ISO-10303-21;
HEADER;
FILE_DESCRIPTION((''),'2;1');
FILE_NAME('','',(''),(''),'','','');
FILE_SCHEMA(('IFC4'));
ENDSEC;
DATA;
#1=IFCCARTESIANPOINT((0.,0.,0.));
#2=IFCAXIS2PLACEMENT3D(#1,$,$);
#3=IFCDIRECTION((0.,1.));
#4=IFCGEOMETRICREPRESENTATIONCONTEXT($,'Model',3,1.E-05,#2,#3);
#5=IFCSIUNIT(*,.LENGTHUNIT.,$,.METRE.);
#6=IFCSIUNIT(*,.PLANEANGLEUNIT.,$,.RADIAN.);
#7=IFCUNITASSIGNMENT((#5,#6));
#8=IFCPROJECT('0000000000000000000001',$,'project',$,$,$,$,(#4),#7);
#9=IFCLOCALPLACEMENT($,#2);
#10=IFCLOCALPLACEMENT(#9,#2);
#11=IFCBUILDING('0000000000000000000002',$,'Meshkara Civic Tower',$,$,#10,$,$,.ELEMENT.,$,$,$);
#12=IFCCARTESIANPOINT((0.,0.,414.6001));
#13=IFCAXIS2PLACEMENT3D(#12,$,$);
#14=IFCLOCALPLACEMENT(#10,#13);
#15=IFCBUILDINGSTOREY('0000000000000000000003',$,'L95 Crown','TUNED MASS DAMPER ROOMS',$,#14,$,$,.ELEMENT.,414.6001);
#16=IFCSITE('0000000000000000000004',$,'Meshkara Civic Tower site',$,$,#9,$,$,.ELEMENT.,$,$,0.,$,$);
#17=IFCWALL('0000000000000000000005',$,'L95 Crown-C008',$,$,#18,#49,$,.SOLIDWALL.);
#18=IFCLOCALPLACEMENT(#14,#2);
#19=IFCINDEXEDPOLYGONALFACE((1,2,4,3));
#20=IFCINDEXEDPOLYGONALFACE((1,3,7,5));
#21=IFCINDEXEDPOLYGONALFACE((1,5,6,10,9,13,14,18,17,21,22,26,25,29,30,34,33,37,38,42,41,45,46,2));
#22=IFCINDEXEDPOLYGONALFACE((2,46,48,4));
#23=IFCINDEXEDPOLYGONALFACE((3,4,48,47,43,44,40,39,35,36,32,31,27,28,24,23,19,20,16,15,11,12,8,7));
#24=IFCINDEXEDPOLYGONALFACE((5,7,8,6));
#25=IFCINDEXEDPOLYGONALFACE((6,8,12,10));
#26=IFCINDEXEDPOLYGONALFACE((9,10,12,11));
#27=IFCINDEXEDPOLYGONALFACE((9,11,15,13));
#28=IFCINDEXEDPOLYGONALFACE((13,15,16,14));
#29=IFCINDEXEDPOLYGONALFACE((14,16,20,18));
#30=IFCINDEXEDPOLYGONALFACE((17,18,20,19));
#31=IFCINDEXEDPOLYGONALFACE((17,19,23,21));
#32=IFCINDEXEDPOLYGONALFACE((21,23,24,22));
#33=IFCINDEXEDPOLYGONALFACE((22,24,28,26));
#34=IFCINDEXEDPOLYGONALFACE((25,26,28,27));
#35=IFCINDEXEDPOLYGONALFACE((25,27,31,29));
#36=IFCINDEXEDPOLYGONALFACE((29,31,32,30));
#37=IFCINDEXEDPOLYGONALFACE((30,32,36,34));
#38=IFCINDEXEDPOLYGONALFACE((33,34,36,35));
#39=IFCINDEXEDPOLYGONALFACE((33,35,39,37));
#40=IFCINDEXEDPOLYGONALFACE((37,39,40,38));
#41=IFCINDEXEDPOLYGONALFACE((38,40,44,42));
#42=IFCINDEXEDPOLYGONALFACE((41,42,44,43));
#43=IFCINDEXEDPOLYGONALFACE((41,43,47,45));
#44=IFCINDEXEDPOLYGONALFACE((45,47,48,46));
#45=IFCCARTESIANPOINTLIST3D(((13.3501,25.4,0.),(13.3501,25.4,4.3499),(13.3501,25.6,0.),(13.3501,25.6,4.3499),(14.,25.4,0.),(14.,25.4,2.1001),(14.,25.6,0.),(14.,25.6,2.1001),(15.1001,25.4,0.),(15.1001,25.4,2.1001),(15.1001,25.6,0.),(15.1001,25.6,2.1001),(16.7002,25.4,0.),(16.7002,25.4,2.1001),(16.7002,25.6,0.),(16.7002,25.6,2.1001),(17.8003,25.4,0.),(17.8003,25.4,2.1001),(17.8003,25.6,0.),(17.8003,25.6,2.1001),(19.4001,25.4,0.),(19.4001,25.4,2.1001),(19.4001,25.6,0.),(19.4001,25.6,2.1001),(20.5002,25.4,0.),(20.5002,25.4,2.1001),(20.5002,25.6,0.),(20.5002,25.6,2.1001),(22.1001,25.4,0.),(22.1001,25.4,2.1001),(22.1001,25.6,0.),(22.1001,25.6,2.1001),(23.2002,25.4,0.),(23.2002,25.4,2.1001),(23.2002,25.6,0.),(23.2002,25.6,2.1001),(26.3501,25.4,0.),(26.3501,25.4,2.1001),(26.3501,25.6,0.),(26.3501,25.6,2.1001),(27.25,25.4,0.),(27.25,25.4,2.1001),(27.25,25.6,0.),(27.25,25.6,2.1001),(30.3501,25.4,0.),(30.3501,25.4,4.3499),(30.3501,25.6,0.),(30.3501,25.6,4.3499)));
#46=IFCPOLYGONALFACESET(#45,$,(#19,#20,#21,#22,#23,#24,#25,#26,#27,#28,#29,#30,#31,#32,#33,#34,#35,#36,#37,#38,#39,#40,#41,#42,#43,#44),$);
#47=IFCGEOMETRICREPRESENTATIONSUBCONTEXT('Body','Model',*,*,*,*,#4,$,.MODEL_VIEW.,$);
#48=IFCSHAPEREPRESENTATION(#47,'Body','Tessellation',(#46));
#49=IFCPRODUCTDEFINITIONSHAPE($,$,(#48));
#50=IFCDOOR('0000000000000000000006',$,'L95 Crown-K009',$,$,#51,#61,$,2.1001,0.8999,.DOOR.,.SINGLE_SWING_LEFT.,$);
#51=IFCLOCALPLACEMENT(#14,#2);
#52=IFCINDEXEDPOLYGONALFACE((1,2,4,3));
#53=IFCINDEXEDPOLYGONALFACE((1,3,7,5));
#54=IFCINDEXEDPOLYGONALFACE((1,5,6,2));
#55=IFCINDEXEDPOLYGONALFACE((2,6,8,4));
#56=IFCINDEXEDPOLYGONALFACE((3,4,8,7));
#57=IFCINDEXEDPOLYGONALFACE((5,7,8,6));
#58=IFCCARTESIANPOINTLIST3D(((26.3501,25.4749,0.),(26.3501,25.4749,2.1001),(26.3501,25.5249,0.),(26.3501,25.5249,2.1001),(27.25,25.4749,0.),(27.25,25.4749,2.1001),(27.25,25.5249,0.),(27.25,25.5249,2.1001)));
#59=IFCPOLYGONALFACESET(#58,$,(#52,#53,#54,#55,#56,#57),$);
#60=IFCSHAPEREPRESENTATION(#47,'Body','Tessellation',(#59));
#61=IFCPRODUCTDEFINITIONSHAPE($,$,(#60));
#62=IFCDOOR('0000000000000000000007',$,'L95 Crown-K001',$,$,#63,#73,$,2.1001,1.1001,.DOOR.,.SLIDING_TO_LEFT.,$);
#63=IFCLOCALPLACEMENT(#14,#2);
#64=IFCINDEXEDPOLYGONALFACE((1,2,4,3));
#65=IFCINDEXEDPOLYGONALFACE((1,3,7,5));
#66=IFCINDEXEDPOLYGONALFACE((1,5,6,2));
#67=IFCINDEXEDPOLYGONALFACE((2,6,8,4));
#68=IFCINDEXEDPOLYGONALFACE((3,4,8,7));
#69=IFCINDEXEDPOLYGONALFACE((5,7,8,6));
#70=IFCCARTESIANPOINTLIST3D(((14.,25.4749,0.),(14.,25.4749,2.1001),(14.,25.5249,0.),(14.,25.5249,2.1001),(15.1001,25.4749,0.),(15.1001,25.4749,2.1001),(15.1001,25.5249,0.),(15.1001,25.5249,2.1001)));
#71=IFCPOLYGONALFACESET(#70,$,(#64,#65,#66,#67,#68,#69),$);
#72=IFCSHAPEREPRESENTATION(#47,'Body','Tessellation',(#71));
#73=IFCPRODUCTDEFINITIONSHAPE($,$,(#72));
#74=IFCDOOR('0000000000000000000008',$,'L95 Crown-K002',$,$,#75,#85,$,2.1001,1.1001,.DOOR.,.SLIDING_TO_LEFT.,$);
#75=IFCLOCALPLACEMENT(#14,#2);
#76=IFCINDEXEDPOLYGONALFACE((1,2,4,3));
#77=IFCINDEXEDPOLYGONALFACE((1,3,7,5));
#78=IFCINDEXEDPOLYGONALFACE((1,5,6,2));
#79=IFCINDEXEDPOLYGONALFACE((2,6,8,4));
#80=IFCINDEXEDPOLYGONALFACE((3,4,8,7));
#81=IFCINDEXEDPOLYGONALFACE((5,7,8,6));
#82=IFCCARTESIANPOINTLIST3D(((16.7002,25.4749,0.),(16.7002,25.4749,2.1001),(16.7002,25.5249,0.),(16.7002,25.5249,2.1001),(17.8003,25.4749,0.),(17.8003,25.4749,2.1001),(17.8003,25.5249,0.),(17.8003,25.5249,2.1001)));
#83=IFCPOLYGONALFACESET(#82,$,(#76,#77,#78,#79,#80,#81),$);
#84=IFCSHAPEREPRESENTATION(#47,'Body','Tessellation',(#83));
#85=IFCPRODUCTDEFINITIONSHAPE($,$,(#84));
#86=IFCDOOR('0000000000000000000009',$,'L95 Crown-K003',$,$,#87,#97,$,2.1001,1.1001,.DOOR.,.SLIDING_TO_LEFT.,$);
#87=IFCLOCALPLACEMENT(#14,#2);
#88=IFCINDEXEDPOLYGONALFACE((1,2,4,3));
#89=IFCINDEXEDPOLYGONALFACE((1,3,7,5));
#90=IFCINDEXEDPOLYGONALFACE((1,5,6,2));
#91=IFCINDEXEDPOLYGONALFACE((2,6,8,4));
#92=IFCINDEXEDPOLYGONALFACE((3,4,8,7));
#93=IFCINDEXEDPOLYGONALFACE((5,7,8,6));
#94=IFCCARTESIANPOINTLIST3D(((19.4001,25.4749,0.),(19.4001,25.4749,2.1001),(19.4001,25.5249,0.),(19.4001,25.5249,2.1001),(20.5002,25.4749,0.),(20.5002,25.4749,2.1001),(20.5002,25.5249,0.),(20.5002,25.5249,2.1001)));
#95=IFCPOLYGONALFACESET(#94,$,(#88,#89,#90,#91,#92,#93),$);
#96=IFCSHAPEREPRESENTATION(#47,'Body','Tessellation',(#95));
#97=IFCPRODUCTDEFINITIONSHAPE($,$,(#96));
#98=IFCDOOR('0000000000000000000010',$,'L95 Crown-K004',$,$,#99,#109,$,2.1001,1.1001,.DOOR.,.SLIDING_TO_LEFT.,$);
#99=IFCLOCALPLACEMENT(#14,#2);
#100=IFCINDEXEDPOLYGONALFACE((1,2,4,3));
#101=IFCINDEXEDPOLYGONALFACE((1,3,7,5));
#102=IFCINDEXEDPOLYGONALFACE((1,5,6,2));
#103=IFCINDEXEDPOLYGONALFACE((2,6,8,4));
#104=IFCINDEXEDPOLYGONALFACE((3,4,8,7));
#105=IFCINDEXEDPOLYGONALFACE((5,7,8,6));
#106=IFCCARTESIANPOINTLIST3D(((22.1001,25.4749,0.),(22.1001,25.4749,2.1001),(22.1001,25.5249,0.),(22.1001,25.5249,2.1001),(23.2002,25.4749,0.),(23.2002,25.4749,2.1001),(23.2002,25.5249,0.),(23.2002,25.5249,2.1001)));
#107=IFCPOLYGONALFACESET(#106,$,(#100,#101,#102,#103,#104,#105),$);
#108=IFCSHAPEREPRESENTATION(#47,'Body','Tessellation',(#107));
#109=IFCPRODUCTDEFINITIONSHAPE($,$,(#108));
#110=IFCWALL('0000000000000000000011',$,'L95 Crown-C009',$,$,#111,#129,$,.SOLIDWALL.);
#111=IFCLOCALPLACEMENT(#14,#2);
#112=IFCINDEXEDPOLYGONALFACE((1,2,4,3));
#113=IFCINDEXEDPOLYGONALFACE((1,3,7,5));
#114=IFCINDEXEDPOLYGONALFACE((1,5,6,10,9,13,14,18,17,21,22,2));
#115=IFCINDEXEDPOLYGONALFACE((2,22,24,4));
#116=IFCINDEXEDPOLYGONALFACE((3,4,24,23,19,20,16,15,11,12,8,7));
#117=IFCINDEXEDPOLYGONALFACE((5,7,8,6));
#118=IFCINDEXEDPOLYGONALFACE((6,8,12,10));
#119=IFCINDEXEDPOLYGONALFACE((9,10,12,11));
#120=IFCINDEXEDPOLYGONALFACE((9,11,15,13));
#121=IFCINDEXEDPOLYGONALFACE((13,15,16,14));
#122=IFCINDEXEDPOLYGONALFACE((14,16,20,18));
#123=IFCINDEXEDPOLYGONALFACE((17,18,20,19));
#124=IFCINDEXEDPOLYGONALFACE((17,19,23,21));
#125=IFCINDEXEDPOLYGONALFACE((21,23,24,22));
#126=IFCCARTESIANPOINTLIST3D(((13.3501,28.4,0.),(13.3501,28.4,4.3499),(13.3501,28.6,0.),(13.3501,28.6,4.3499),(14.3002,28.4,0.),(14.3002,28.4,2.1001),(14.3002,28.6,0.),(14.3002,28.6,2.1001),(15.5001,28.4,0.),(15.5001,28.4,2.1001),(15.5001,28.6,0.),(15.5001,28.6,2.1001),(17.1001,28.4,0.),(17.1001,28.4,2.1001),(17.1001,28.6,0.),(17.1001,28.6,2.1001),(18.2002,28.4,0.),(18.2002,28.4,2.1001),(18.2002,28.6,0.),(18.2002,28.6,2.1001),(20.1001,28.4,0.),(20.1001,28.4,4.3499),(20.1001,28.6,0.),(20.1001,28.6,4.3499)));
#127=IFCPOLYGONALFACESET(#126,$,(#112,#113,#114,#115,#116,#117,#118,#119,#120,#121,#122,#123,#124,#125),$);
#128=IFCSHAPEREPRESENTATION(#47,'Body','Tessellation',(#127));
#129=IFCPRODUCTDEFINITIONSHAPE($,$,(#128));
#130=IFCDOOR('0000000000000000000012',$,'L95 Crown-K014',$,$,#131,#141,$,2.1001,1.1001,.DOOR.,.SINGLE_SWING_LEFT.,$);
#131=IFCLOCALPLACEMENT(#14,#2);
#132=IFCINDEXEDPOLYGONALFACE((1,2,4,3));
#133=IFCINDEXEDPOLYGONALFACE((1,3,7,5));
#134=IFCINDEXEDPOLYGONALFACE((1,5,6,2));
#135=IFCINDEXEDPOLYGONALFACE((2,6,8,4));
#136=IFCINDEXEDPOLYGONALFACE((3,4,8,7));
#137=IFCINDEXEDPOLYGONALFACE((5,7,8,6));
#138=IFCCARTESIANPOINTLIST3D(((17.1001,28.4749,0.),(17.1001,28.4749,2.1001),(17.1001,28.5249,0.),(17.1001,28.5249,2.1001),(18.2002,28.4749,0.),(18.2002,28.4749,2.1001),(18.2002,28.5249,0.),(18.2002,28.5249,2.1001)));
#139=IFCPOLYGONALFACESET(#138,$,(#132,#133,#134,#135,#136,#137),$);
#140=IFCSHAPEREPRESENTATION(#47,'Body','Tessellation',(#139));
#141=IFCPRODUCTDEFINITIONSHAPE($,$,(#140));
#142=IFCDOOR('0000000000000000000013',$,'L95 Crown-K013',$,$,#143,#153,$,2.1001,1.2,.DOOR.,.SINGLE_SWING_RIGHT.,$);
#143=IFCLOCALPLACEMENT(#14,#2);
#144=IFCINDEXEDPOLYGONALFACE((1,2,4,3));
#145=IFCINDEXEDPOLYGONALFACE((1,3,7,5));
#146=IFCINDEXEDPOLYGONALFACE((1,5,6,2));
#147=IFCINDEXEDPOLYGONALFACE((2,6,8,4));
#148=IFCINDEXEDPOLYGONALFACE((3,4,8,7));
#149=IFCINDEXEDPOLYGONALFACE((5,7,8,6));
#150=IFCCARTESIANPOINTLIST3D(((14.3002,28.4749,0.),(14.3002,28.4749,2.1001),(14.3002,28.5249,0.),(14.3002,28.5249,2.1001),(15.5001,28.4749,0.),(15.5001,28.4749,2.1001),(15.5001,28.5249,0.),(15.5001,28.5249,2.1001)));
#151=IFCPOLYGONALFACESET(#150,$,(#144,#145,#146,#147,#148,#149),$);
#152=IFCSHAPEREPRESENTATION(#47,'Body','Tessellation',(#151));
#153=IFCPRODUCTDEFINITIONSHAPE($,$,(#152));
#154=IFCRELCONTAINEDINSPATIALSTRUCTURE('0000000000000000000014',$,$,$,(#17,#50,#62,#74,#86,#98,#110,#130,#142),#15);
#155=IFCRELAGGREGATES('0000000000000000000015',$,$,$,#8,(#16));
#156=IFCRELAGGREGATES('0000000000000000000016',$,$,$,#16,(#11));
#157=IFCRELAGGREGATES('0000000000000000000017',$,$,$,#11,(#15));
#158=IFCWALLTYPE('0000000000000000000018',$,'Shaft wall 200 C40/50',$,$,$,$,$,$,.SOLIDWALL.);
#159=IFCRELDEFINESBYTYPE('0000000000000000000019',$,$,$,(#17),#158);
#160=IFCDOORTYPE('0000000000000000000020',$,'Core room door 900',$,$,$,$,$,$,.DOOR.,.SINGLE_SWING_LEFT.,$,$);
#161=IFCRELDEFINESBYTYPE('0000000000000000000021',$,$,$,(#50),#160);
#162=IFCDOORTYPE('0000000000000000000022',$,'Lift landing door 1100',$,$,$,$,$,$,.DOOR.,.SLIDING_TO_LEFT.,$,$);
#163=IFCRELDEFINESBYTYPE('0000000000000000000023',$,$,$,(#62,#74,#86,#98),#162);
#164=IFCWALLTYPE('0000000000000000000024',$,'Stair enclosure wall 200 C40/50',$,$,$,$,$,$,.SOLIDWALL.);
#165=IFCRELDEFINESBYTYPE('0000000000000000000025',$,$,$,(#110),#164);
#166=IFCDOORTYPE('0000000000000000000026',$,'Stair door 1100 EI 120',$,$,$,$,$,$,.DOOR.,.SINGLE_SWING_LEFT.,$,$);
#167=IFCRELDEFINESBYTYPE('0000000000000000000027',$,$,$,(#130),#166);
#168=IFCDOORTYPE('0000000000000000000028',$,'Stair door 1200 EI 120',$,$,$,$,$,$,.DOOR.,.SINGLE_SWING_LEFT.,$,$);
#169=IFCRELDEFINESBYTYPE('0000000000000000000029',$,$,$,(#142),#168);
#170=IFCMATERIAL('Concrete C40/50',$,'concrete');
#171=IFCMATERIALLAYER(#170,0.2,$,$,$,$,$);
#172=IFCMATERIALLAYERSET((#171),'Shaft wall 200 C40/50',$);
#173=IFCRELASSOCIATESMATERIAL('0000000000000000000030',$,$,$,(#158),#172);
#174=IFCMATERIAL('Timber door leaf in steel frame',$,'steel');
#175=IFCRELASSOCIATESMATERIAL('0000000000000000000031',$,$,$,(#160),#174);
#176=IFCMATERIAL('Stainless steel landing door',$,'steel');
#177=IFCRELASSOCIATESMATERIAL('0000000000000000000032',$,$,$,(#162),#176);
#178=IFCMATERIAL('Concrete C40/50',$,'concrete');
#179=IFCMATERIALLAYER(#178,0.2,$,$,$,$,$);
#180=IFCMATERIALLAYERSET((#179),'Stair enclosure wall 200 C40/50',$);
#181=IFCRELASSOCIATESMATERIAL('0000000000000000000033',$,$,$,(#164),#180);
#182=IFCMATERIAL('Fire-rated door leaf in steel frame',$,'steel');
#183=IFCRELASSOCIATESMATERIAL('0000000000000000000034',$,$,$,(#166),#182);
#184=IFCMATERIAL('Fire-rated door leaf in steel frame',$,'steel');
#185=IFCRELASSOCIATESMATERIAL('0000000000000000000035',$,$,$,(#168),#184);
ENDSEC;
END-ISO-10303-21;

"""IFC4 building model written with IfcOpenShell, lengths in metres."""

from ifc_helpers import new_model, si_unit, direction, frame, frame_2d, origin, place, context, subcontext, project, spatial, rectangle, extrude, material, layer, layer_set, type_object, element, fill, save


model = new_model("IFC4")

# Units and contexts
model_context = context("Model", 3, precision=1e-05, world=origin(), true_north=direction((0.0, 1.0)))
body_context = subcontext(model_context, "Body", "Model", "MODEL_VIEW")
ifc_project = project(units=[si_unit("LENGTHUNIT", "METRE"), si_unit("PLANEANGLEUNIT", "RADIAN")], contexts=[model_context])

# Site, building, storey
site_placement = place(None, origin())
site = spatial("IfcSite", under=ifc_project, at=site_placement, Name="Meshkara Civic Tower site", CompositionType="ELEMENT", RefElevation=0.0)
building_placement = place(site_placement, origin())
building = spatial("IfcBuilding", under=site, at=building_placement, Name="Meshkara Civic Tower", CompositionType="ELEMENT")
storey_placement = place(building_placement, frame((0.0, 0.0, 414.6001)))
storey = spatial("IfcBuildingStorey", under=building, at=storey_placement, Name="L95 Crown", Description="TUNED MASS DAMPER ROOMS", CompositionType="ELEMENT", Elevation=414.6001)

# Walls, openings, doors
ifc_material_1 = material(Name="Concrete C40/50", Category="concrete")
ifc_layer_1 = layer(ifc_material_1, 0.2)
ifc_layer_set_1 = layer_set([ifc_layer_1], Name="Shaft wall 200 C40/50")
wall_type_1 = type_object("IfcWallType", Name="Shaft wall 200 C40/50", PredefinedType="SOLIDWALL", material=ifc_layer_set_1)
wall_1_placement = place(storey_placement, frame((13.3501, 25.5, 0.0), z_axis=(0.0, 0.0, 1.0), x_axis=(1.0, 0.0, 0.0)))
wall_1 = element("IfcWall", 1, at=wall_1_placement, inside=storey, type_object=wall_type_1, Name="L95 Crown-C008", PredefinedType="SOLIDWALL", context=body_context, shape_type="SweptSolid", body=[
    extrude(rectangle(XDim=17.0, YDim=0.2, at=frame_2d((8.5, 0.0))), origin(), (0.0, 0.0, 1.0), 4.3499),
])
opening_1_placement = place(wall_1_placement, frame((0.6499, 0.0, 0.0)))
opening_1 = element("IfcOpeningElement", 2, at=opening_1_placement, cuts=wall_1, PredefinedType="OPENING", context=body_context, shape_type="SweptSolid", body=[
    extrude(rectangle(XDim=1.1001, YDim=2.1001, at=frame_2d((0.55, 1.05))), frame((0.0, 0.1099, 0.0), z_axis=(0.0, -1.0, 0.0), x_axis=(1.0, 0.0, 0.0)), (0.0, 0.0, 1.0), 0.22),
])
opening_2_placement = place(wall_1_placement, frame((3.3501, 0.0, 0.0)))
opening_2 = element("IfcOpeningElement", 3, at=opening_2_placement, cuts=wall_1, PredefinedType="OPENING", context=body_context, shape_type="SweptSolid", body=[
    extrude(rectangle(XDim=1.1001, YDim=2.1001, at=frame_2d((0.55, 1.05))), frame((0.0, 0.1099, 0.0), z_axis=(0.0, -1.0, 0.0), x_axis=(1.0, 0.0, 0.0)), (0.0, 0.0, 1.0), 0.22),
])
opening_3_placement = place(wall_1_placement, frame((6.05, 0.0, 0.0)))
opening_3 = element("IfcOpeningElement", 4, at=opening_3_placement, cuts=wall_1, PredefinedType="OPENING", context=body_context, shape_type="SweptSolid", body=[
    extrude(rectangle(XDim=1.1001, YDim=2.1001, at=frame_2d((0.55, 1.05))), frame((0.0, 0.1099, 0.0), z_axis=(0.0, -1.0, 0.0), x_axis=(1.0, 0.0, 0.0)), (0.0, 0.0, 1.0), 0.22),
])
opening_4_placement = place(wall_1_placement, frame((8.75, 0.0, 0.0)))
opening_4 = element("IfcOpeningElement", 5, at=opening_4_placement, cuts=wall_1, PredefinedType="OPENING", context=body_context, shape_type="SweptSolid", body=[
    extrude(rectangle(XDim=1.1001, YDim=2.1001, at=frame_2d((0.55, 1.05))), frame((0.0, 0.1099, 0.0), z_axis=(0.0, -1.0, 0.0), x_axis=(1.0, 0.0, 0.0)), (0.0, 0.0, 1.0), 0.22),
])
opening_5_placement = place(wall_1_placement, frame((13.0, 0.0, 0.0)))
opening_5 = element("IfcOpeningElement", 6, at=opening_5_placement, cuts=wall_1, PredefinedType="OPENING", context=body_context, shape_type="SweptSolid", body=[
    extrude(rectangle(XDim=0.8999, YDim=2.1001, at=frame_2d((0.45, 1.05))), frame((0.0, 0.1099, 0.0), z_axis=(0.0, -1.0, 0.0), x_axis=(1.0, 0.0, 0.0)), (0.0, 0.0, 1.0), 0.22),
])
ifc_material_2 = material(Name="Timber door leaf in steel frame", Category="steel")
door_type_1 = type_object("IfcDoorType", Name="Core room door 900", OperationType="SINGLE_SWING_LEFT", PredefinedType="DOOR", material=ifc_material_2)
door_1_placement = place(opening_5_placement, origin())
door_1 = element("IfcDoor", 7, at=door_1_placement, inside=storey, type_object=door_type_1, Name="L95 Crown-K009", OperationType="SINGLE_SWING_LEFT", OverallHeight=2.1001, OverallWidth=0.8999, PredefinedType="DOOR", context=body_context, shape_type="SweptSolid", body=[
    extrude(rectangle(XDim=0.8999, YDim=2.1001, at=frame_2d((0.45, 1.05))), frame((0.0, 0.0249, 0.0), z_axis=(0.0, -1.0, 0.0), x_axis=(1.0, 0.0, 0.0)), (0.0, 0.0, 1.0), 0.05),
])
fill(opening_5, door_1)
ifc_material_3 = material(Name="Stainless steel landing door", Category="steel")
door_type_2 = type_object("IfcDoorType", Name="Lift landing door 1100", OperationType="SLIDING_TO_LEFT", PredefinedType="DOOR", material=ifc_material_3)
door_2_placement = place(opening_1_placement, origin())
door_2 = element("IfcDoor", 8, at=door_2_placement, inside=storey, type_object=door_type_2, Name="L95 Crown-K001", OperationType="SLIDING_TO_LEFT", OverallHeight=2.1001, OverallWidth=1.1001, PredefinedType="DOOR", context=body_context, shape_type="SweptSolid", body=[
    extrude(rectangle(XDim=1.1001, YDim=2.1001, at=frame_2d((0.55, 1.05))), frame((0.0, 0.0249, 0.0), z_axis=(0.0, -1.0, 0.0), x_axis=(1.0, 0.0, 0.0)), (0.0, 0.0, 1.0), 0.05),
])
fill(opening_1, door_2)
door_3_placement = place(opening_2_placement, origin())
door_3 = element("IfcDoor", 9, at=door_3_placement, inside=storey, type_object=door_type_2, Name="L95 Crown-K002", OperationType="SLIDING_TO_LEFT", OverallHeight=2.1001, OverallWidth=1.1001, PredefinedType="DOOR", context=body_context, shape_type="SweptSolid", body=[
    extrude(rectangle(XDim=1.1001, YDim=2.1001, at=frame_2d((0.55, 1.05))), frame((0.0, 0.0249, 0.0), z_axis=(0.0, -1.0, 0.0), x_axis=(1.0, 0.0, 0.0)), (0.0, 0.0, 1.0), 0.05),
])
fill(opening_2, door_3)
door_4_placement = place(opening_3_placement, origin())
door_4 = element("IfcDoor", 10, at=door_4_placement, inside=storey, type_object=door_type_2, Name="L95 Crown-K003", OperationType="SLIDING_TO_LEFT", OverallHeight=2.1001, OverallWidth=1.1001, PredefinedType="DOOR", context=body_context, shape_type="SweptSolid", body=[
    extrude(rectangle(XDim=1.1001, YDim=2.1001, at=frame_2d((0.55, 1.05))), frame((0.0, 0.0249, 0.0), z_axis=(0.0, -1.0, 0.0), x_axis=(1.0, 0.0, 0.0)), (0.0, 0.0, 1.0), 0.05),
])
fill(opening_3, door_4)
door_5_placement = place(opening_4_placement, origin())
door_5 = element("IfcDoor", 11, at=door_5_placement, inside=storey, type_object=door_type_2, Name="L95 Crown-K004", OperationType="SLIDING_TO_LEFT", OverallHeight=2.1001, OverallWidth=1.1001, PredefinedType="DOOR", context=body_context, shape_type="SweptSolid", body=[
    extrude(rectangle(XDim=1.1001, YDim=2.1001, at=frame_2d((0.55, 1.05))), frame((0.0, 0.0249, 0.0), z_axis=(0.0, -1.0, 0.0), x_axis=(1.0, 0.0, 0.0)), (0.0, 0.0, 1.0), 0.05),
])
fill(opening_4, door_5)
ifc_material_4 = material(Name="Concrete C40/50", Category="concrete")
ifc_layer_2 = layer(ifc_material_4, 0.2)
ifc_layer_set_2 = layer_set([ifc_layer_2], Name="Stair enclosure wall 200 C40/50")
wall_type_2 = type_object("IfcWallType", Name="Stair enclosure wall 200 C40/50", PredefinedType="SOLIDWALL", material=ifc_layer_set_2)
wall_2_placement = place(storey_placement, frame((13.3501, 28.5, 0.0), z_axis=(0.0, 0.0, 1.0), x_axis=(1.0, 0.0, 0.0)))
wall_2 = element("IfcWall", 12, at=wall_2_placement, inside=storey, type_object=wall_type_2, Name="L95 Crown-C009", PredefinedType="SOLIDWALL", context=body_context, shape_type="SweptSolid", body=[
    extrude(rectangle(XDim=6.75, YDim=0.2, at=frame_2d((3.375, 0.0))), origin(), (0.0, 0.0, 1.0), 4.3499),
])
opening_6_placement = place(wall_2_placement, frame((0.95, 0.0, 0.0)))
opening_6 = element("IfcOpeningElement", 13, at=opening_6_placement, cuts=wall_2, PredefinedType="OPENING", context=body_context, shape_type="SweptSolid", body=[
    extrude(rectangle(XDim=1.2, YDim=2.1001, at=frame_2d((0.6001, 1.05))), frame((0.0, 0.1099, 0.0), z_axis=(0.0, -1.0, 0.0), x_axis=(1.0, 0.0, 0.0)), (0.0, 0.0, 1.0), 0.22),
])
opening_7_placement = place(wall_2_placement, frame((3.75, 0.0, 0.0)))
opening_7 = element("IfcOpeningElement", 14, at=opening_7_placement, cuts=wall_2, PredefinedType="OPENING", context=body_context, shape_type="SweptSolid", body=[
    extrude(rectangle(XDim=1.1001, YDim=2.1001, at=frame_2d((0.55, 1.05))), frame((0.0, 0.1099, 0.0), z_axis=(0.0, -1.0, 0.0), x_axis=(1.0, 0.0, 0.0)), (0.0, 0.0, 1.0), 0.22),
])
ifc_material_5 = material(Name="Fire-rated door leaf in steel frame", Category="steel")
door_type_3 = type_object("IfcDoorType", Name="Stair door 1100 EI 120", OperationType="SINGLE_SWING_LEFT", PredefinedType="DOOR", material=ifc_material_5)
door_6_placement = place(opening_7_placement, origin())
door_6 = element("IfcDoor", 15, at=door_6_placement, inside=storey, type_object=door_type_3, Name="L95 Crown-K014", OperationType="SINGLE_SWING_LEFT", OverallHeight=2.1001, OverallWidth=1.1001, PredefinedType="DOOR", context=body_context, shape_type="SweptSolid", body=[
    extrude(rectangle(XDim=1.1001, YDim=2.1001, at=frame_2d((0.55, 1.05))), frame((0.0, 0.0249, 0.0), z_axis=(0.0, -1.0, 0.0), x_axis=(1.0, 0.0, 0.0)), (0.0, 0.0, 1.0), 0.05),
])
fill(opening_7, door_6)
ifc_material_6 = material(Name="Fire-rated door leaf in steel frame", Category="steel")
door_type_4 = type_object("IfcDoorType", Name="Stair door 1200 EI 120", OperationType="SINGLE_SWING_LEFT", PredefinedType="DOOR", material=ifc_material_6)
door_7_placement = place(opening_6_placement, origin())
door_7 = element("IfcDoor", 16, at=door_7_placement, inside=storey, type_object=door_type_4, Name="L95 Crown-K013", OperationType="SINGLE_SWING_RIGHT", OverallHeight=2.1001, OverallWidth=1.2, PredefinedType="DOOR", context=body_context, shape_type="SweptSolid", body=[
    extrude(rectangle(XDim=1.2, YDim=2.1001, at=frame_2d((0.6001, 1.05))), frame((0.0, 0.0249, 0.0), z_axis=(0.0, -1.0, 0.0), x_axis=(1.0, 0.0, 0.0)), (0.0, 0.0, 1.0), 0.05),
])
fill(opening_6, door_7)

save(model, "model.ifc")
